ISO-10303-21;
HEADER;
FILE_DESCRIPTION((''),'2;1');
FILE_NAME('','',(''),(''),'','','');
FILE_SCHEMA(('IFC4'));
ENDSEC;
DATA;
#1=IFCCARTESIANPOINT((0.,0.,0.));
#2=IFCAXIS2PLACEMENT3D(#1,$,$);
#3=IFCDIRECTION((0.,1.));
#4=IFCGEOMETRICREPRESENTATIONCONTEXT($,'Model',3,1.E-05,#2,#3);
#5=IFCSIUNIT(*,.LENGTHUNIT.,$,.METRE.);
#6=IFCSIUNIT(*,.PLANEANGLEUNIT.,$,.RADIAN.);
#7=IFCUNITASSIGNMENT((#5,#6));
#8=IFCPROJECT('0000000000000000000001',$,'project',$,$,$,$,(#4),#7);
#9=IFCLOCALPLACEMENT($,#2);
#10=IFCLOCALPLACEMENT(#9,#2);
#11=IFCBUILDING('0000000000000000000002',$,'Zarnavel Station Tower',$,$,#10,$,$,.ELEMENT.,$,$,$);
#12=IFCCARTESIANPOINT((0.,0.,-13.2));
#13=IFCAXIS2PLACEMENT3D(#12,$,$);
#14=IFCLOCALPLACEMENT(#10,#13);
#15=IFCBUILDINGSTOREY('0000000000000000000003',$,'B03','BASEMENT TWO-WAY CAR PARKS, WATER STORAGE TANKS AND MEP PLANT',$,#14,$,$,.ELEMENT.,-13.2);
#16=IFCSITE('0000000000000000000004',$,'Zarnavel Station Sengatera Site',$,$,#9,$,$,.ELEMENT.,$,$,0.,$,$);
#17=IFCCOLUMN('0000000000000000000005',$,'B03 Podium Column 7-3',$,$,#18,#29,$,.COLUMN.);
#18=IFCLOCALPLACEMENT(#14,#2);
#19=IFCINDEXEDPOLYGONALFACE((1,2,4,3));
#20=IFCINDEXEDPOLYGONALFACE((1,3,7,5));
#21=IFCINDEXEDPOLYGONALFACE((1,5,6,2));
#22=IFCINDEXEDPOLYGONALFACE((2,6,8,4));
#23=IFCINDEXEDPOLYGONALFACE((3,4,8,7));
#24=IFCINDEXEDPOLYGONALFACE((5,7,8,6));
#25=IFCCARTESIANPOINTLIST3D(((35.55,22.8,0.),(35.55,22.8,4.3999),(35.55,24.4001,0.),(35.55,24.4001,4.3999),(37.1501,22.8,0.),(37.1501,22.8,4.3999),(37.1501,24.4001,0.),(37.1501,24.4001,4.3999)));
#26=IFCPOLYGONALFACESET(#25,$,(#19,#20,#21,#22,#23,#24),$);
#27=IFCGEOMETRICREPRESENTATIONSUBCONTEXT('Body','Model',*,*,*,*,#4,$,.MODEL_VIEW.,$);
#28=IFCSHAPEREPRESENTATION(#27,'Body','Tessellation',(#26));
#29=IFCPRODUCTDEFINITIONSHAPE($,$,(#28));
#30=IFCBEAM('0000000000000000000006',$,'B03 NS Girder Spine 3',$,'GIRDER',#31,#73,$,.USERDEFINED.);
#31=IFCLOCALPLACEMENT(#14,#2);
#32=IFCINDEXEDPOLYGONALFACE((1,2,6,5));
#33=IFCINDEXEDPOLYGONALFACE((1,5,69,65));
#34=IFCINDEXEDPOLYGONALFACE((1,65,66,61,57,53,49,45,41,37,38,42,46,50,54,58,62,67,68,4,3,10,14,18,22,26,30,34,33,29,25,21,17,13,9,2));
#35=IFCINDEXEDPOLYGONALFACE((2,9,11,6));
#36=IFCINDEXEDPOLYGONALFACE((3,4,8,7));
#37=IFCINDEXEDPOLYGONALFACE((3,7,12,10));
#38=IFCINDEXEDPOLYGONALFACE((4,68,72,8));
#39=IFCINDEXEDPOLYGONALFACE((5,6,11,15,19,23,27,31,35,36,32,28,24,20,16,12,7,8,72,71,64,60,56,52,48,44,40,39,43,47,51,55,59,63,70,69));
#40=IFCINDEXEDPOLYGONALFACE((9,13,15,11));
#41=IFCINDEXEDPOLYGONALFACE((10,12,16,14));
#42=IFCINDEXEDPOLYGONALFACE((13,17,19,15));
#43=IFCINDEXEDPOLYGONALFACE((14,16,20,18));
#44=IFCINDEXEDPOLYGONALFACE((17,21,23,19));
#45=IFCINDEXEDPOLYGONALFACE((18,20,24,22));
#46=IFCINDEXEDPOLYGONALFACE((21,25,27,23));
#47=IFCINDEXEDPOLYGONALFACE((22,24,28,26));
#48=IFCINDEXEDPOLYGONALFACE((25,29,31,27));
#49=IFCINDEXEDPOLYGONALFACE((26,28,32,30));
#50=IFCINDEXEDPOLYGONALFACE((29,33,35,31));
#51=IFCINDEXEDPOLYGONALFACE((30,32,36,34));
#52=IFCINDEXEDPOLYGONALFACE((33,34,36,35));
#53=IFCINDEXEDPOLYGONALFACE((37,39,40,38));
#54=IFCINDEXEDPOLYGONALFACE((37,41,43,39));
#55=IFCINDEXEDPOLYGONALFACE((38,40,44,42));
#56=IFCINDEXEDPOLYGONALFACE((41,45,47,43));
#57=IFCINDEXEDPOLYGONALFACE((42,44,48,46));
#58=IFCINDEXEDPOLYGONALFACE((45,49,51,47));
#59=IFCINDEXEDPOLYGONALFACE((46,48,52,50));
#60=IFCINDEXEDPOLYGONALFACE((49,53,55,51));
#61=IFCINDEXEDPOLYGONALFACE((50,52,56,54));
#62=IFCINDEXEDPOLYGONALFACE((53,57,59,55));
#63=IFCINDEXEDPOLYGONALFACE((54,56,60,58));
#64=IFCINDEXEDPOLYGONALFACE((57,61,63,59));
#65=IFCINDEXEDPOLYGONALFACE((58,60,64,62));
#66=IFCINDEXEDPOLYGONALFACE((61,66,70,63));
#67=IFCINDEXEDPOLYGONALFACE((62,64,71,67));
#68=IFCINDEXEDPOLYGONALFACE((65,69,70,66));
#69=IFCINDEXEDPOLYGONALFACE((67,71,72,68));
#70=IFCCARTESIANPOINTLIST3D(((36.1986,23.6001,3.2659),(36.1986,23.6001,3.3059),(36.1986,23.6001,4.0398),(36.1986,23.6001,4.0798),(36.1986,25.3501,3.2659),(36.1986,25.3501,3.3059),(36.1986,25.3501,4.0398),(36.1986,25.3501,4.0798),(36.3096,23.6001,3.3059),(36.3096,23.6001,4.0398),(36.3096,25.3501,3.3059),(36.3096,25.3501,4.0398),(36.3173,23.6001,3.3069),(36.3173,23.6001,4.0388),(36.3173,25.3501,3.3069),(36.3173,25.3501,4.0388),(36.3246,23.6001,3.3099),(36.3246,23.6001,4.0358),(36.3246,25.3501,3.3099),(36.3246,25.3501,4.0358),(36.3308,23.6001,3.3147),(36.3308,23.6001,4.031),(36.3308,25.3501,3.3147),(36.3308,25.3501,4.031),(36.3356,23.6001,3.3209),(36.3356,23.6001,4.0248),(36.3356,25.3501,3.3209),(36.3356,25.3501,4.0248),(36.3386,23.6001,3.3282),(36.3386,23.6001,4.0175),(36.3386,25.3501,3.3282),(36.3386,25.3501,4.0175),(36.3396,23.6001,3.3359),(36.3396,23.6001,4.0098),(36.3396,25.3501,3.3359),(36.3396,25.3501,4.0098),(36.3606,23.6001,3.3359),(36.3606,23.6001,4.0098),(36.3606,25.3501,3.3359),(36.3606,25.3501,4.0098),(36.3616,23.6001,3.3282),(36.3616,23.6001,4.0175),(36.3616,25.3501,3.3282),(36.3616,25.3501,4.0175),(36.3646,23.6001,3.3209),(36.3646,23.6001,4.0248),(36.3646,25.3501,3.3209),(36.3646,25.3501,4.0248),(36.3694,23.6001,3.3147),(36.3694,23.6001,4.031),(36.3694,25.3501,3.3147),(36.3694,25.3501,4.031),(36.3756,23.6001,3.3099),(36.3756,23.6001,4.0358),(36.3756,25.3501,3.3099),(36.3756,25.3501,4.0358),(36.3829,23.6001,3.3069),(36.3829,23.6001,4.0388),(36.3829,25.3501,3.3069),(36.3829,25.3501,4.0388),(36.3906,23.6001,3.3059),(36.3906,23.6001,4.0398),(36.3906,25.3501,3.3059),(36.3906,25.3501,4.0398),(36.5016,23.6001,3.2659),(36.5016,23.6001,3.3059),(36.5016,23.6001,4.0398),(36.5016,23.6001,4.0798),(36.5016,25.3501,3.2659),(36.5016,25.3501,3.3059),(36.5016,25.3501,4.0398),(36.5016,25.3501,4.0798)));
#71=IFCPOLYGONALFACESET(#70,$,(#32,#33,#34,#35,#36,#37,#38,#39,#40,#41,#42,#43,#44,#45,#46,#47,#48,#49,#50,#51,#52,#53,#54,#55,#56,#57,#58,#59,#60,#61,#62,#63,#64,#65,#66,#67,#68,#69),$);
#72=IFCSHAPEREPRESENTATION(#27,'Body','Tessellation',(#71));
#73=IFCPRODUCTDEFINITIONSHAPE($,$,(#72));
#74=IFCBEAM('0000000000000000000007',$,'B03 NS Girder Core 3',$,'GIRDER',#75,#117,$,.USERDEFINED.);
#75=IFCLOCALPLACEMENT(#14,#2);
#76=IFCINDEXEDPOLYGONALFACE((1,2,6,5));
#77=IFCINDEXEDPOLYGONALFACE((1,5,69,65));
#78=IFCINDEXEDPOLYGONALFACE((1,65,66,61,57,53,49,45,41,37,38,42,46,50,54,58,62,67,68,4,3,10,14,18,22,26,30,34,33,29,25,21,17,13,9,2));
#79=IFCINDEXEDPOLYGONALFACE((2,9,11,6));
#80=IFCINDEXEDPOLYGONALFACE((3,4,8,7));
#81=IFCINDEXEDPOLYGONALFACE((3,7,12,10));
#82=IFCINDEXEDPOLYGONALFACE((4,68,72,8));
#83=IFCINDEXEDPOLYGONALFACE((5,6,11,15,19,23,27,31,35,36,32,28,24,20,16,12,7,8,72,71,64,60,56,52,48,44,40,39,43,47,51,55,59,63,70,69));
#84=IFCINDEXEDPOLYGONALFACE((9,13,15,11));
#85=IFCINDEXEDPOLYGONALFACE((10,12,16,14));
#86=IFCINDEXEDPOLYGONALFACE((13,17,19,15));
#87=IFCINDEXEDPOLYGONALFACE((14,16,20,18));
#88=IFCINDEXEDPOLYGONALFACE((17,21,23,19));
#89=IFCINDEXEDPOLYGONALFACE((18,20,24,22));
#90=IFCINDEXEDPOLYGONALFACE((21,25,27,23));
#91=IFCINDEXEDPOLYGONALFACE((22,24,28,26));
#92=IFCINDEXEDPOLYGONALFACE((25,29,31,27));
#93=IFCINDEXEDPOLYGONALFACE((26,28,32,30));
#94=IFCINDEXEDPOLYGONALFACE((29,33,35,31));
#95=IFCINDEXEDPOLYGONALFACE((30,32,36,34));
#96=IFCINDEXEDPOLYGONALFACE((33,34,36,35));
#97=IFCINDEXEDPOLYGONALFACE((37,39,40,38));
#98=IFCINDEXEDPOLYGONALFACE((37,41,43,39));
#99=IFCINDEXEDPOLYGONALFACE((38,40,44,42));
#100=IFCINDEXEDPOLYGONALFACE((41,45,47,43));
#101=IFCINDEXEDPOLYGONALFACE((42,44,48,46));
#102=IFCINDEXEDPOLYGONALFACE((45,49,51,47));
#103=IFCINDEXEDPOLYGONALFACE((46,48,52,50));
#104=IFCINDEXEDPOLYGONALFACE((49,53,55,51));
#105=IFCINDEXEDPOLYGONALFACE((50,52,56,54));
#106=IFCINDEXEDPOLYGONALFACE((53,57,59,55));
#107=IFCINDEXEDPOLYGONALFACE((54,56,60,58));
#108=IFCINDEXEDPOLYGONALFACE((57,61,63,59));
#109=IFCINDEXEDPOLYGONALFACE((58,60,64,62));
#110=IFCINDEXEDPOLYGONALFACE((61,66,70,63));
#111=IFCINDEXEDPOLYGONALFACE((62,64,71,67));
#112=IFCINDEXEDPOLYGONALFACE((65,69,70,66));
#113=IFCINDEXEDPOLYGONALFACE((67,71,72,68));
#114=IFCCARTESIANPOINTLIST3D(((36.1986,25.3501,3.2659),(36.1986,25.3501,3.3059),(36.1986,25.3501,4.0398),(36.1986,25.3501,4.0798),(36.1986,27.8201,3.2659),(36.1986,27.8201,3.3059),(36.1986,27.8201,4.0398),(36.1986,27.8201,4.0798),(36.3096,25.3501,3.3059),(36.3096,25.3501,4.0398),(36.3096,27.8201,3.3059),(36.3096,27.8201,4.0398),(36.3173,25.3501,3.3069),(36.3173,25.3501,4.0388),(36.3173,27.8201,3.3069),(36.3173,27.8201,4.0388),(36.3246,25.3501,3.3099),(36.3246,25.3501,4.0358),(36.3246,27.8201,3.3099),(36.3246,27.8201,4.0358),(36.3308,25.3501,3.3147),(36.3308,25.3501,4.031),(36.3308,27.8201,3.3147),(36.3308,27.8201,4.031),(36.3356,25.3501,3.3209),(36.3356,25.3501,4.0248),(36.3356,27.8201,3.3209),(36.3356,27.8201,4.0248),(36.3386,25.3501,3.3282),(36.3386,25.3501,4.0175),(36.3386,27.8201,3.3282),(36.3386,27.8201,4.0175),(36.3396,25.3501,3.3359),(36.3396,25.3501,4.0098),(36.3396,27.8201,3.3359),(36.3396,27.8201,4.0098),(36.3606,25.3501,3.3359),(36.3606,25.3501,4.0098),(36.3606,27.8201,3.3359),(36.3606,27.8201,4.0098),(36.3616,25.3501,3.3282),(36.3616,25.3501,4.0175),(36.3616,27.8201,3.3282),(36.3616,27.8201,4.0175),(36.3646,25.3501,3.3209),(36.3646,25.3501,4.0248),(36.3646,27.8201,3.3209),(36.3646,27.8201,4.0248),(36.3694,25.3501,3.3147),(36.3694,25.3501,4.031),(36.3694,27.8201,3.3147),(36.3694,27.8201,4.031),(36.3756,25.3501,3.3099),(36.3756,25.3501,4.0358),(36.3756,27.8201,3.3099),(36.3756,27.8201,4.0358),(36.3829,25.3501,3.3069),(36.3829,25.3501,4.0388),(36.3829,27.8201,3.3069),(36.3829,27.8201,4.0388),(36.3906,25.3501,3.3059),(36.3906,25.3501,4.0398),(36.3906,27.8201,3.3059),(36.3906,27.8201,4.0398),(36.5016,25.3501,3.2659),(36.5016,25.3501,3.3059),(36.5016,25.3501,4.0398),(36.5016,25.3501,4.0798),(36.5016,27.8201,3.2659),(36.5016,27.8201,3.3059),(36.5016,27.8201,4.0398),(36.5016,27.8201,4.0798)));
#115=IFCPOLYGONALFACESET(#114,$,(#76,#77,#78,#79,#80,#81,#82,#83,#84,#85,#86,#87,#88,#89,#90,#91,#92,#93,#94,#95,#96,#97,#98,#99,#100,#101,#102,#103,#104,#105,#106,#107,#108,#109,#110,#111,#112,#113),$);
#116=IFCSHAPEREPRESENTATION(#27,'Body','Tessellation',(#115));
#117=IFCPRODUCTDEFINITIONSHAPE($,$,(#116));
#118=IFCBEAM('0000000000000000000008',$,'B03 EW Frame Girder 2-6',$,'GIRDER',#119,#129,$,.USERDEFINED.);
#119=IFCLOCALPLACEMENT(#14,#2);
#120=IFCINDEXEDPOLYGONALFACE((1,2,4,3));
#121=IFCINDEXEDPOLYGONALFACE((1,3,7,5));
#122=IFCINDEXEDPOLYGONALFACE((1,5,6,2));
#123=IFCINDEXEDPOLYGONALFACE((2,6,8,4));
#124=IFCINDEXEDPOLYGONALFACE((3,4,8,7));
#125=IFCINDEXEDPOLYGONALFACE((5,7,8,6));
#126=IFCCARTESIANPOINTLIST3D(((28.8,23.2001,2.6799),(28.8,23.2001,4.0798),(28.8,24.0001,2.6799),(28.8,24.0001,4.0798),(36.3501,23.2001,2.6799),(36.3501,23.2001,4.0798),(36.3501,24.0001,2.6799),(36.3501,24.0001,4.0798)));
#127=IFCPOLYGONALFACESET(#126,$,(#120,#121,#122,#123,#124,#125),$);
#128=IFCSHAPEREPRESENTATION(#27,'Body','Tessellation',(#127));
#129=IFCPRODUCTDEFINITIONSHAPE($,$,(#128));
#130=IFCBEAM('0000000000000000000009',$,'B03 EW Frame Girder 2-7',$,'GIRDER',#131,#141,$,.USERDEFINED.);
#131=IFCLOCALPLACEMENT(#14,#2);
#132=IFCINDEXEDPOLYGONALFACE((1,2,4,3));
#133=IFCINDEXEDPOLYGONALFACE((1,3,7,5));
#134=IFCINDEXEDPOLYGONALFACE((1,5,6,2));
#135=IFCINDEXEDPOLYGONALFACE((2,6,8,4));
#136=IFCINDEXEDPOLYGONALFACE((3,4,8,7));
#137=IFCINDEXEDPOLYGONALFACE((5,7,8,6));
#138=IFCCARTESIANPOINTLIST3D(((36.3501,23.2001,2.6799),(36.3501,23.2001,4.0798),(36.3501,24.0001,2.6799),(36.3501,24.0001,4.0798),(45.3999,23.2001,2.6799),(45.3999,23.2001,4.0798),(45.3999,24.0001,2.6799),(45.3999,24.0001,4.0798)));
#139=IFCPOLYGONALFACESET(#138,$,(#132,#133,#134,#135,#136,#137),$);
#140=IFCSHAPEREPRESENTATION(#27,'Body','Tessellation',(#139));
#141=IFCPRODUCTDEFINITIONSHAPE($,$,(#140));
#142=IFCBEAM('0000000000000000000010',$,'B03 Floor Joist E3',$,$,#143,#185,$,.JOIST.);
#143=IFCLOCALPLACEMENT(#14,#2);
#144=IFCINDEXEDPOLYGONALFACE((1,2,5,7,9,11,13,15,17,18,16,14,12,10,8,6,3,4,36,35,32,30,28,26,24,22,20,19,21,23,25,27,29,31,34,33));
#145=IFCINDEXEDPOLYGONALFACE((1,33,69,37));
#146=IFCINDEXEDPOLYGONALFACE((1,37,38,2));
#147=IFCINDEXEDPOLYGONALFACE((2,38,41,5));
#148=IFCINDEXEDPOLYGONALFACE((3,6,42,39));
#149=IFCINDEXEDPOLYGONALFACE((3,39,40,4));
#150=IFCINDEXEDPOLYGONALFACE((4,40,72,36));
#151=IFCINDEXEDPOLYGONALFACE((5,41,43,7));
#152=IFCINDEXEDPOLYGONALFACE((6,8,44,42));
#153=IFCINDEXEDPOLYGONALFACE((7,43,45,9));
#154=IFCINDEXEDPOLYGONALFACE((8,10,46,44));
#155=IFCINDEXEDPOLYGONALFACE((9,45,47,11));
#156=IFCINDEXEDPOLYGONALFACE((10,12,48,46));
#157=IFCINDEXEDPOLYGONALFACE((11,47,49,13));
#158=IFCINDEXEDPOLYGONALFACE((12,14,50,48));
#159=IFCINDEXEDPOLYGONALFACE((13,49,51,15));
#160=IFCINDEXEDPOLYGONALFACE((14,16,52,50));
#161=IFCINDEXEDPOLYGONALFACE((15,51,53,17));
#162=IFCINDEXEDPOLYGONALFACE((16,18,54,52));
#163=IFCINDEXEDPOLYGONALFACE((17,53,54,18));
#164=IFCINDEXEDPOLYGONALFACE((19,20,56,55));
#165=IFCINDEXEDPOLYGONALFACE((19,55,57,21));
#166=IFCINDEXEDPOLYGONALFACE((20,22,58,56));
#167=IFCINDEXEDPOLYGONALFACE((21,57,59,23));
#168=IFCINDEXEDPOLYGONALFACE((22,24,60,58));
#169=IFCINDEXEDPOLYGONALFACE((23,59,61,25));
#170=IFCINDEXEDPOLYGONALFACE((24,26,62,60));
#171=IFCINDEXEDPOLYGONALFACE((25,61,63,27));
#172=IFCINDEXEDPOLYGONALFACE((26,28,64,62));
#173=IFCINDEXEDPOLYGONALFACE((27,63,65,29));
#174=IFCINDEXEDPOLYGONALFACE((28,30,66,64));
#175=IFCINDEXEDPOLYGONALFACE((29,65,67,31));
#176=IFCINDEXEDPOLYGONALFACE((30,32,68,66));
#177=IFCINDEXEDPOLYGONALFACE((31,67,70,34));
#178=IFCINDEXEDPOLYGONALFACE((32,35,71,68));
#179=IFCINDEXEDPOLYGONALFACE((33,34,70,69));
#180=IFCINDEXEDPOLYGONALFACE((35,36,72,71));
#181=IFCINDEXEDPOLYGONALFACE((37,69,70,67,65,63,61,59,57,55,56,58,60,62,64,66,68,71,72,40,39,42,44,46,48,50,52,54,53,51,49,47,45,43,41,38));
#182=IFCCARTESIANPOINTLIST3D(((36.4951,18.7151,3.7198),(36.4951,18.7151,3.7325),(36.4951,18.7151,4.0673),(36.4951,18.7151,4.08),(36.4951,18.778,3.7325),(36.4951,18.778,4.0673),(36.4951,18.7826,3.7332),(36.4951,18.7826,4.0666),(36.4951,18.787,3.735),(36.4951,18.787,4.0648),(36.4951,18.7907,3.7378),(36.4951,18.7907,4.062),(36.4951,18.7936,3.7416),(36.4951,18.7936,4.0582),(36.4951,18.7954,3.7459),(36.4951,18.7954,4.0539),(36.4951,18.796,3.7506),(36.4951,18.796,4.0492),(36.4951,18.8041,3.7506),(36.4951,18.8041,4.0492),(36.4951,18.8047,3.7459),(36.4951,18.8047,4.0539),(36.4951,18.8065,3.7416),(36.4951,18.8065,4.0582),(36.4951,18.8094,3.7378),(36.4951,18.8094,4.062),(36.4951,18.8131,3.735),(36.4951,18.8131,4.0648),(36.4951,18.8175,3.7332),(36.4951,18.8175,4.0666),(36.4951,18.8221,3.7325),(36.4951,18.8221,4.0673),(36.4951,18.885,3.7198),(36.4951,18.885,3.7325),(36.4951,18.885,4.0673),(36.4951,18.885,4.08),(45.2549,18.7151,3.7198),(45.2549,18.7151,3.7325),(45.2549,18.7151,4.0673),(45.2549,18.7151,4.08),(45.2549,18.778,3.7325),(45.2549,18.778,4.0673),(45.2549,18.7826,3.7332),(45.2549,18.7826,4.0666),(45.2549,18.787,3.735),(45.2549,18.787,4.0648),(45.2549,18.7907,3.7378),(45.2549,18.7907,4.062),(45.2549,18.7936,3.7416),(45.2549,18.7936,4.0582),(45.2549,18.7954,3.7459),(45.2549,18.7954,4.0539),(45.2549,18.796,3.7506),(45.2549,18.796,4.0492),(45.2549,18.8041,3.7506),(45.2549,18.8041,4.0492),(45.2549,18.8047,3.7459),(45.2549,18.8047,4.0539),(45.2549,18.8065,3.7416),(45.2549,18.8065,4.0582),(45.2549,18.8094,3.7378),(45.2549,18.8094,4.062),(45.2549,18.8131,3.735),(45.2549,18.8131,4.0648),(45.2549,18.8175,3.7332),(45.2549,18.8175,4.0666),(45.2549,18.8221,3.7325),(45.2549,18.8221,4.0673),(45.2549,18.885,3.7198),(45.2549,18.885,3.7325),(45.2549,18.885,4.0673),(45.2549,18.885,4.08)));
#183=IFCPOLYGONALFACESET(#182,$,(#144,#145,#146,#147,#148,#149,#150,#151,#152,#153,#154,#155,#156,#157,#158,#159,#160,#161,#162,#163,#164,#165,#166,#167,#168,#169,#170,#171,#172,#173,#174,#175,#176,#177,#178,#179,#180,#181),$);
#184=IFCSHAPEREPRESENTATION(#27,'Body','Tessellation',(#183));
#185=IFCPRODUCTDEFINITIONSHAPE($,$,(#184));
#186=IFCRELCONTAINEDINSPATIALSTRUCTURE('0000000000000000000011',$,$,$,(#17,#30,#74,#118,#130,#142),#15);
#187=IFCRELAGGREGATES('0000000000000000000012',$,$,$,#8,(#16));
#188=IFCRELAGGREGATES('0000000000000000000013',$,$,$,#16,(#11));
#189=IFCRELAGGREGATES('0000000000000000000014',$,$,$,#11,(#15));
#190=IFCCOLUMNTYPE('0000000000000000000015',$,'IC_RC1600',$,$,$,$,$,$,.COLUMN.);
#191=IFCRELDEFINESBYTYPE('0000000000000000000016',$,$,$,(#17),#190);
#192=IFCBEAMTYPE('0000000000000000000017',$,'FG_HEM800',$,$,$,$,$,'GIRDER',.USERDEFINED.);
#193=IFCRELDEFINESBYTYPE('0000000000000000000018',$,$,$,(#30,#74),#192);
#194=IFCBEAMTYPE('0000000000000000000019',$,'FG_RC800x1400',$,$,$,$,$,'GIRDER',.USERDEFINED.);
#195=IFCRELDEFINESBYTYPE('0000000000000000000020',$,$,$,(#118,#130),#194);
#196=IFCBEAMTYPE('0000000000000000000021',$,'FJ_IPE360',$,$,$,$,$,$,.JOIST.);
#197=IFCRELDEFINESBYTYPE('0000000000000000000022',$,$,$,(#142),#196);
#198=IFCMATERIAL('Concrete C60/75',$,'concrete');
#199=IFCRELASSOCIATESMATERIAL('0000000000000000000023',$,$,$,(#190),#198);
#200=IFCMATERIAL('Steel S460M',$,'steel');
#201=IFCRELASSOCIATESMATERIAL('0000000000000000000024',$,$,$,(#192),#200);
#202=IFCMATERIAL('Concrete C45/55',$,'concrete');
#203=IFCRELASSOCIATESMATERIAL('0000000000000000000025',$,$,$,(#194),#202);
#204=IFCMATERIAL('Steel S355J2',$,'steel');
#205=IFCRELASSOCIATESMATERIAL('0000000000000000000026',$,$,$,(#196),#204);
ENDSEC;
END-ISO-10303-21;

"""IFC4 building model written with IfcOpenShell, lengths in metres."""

from ifc_helpers import new_model, si_unit, direction, frame, origin, origin_2d, place, context, subcontext, project, spatial, rectangle, i_section, extrude, material, material_profile, profile_set, type_object, element, save


model = new_model("IFC4")

# Units and contexts
model_context = context("Model", 3, precision=1e-05, world=origin(), true_north=direction((0.0, 1.0)))
body_context = subcontext(model_context, "Body", "Model", "MODEL_VIEW")
ifc_project = project(units=[si_unit("LENGTHUNIT", "METRE"), si_unit("PLANEANGLEUNIT", "RADIAN")], contexts=[model_context])

# Site, building, storey
site_placement = place(None, origin())
site = spatial("IfcSite", under=ifc_project, at=site_placement, Name="Zarnavel Station Sengatera Site", CompositionType="ELEMENT", RefElevation=0.0)
building_placement = place(site_placement, origin())
building = spatial("IfcBuilding", under=site, at=building_placement, Name="Zarnavel Station Tower", CompositionType="ELEMENT")
storey_placement = place(building_placement, frame((0.0, 0.0, -13.2)))
storey = spatial("IfcBuildingStorey", under=building, at=storey_placement, Name="B03", Description="BASEMENT TWO-WAY CAR PARKS, WATER STORAGE TANKS AND MEP PLANT", CompositionType="ELEMENT", Elevation=-13.2)

# Column
ifc_material_1 = material(Name="Concrete C60/75", Category="concrete")
ifc_material_profile_1 = material_profile(ifc_material_1, rectangle(XDim=1.6001, YDim=1.6001, at=origin_2d()), Name="RC1600x1600")
ifc_profile_set_1 = profile_set([ifc_material_profile_1], Name="Concrete C60/75")
column_type_1 = type_object("IfcColumnType", Name="IC_RC1600", PredefinedType="COLUMN", material=ifc_profile_set_1)
for number, where, z_axis, x_axis, name in (
    (1, (36.3501, 23.6001, 0.0), (0.0, 0.0, 1.0), (1.0, 0.0, 0.0), "B03 Podium Column 7-3"),
):
    element("IfcColumn", number, at=place(storey_placement, frame(where, z_axis=z_axis, x_axis=x_axis)), inside=storey, type_object=column_type_1, Name=name, PredefinedType="COLUMN", context=body_context, shape_type="SweptSolid", body=[
        extrude(rectangle(XDim=1.6001, YDim=1.6001, at=origin_2d()), origin(), (0.0, 0.0, 1.0), 4.3999),
    ])

# Beams
ifc_material_2 = material(Name="Steel S460M", Category="steel")
ifc_material_profile_2 = material_profile(ifc_material_2, i_section(OverallWidth=0.303, OverallDepth=0.814, WebThickness=0.021, FlangeThickness=0.04, FilletRadius=0.03, at=origin_2d()), Name="HEM800")
ifc_profile_set_2 = profile_set([ifc_material_profile_2], Name="Steel S460M")
beam_type_1 = type_object("IfcBeamType", Name="FG_HEM800", ElementType="GIRDER", PredefinedType="USERDEFINED", material=ifc_profile_set_2)
beam_1_placement = place(storey_placement, frame((36.3501, 23.6001, 3.6729), z_axis=(0.0, 1.0, 0.0), x_axis=(-1.0, 0.0, 0.0)))
element("IfcBeam", 2, at=beam_1_placement, inside=storey, type_object=beam_type_1, Name="B03 NS Girder Spine 3", ObjectType="GIRDER", PredefinedType="USERDEFINED", context=body_context, shape_type="SweptSolid", body=[
    extrude(i_section(OverallWidth=0.303, OverallDepth=0.814, WebThickness=0.021, FlangeThickness=0.04, FilletRadius=0.03, at=origin_2d()), origin(), (0.0, 0.0, 1.0), 1.75),
])
beam_2_placement = place(storey_placement, frame((36.3501, 25.3501, 3.6729), z_axis=(0.0, 1.0, 0.0), x_axis=(-1.0, 0.0, 0.0)))
element("IfcBeam", 3, at=beam_2_placement, inside=storey, type_object=beam_type_1, Name="B03 NS Girder Core 3", ObjectType="GIRDER", PredefinedType="USERDEFINED", context=body_context, shape_type="SweptSolid", body=[
    extrude(i_section(OverallWidth=0.303, OverallDepth=0.814, WebThickness=0.021, FlangeThickness=0.04, FilletRadius=0.03, at=origin_2d()), origin(), (0.0, 0.0, 1.0), 2.47),
])
ifc_material_3 = material(Name="Concrete C45/55", Category="concrete")
ifc_material_profile_3 = material_profile(ifc_material_3, rectangle(XDim=0.8, YDim=1.3999, at=origin_2d()), Name="RC800x1400")
ifc_profile_set_3 = profile_set([ifc_material_profile_3], Name="Concrete C45/55")
beam_type_2 = type_object("IfcBeamType", Name="FG_RC800x1400", ElementType="GIRDER", PredefinedType="USERDEFINED", material=ifc_profile_set_3)
beam_3_placement = place(storey_placement, frame((28.8, 23.6001, 3.3799), z_axis=(1.0, 0.0, 0.0), x_axis=(0.0, 1.0, 0.0)))
element("IfcBeam", 4, at=beam_3_placement, inside=storey, type_object=beam_type_2, Name="B03 EW Frame Girder 2-6", ObjectType="GIRDER", PredefinedType="USERDEFINED", context=body_context, shape_type="SweptSolid", body=[
    extrude(rectangle(XDim=0.8, YDim=1.3999, at=origin_2d()), origin(), (0.0, 0.0, 1.0), 7.55),
])
beam_4_placement = place(storey_placement, frame((36.3501, 23.6001, 3.3799), z_axis=(1.0, 0.0, 0.0), x_axis=(0.0, 1.0, 0.0)))
element("IfcBeam", 5, at=beam_4_placement, inside=storey, type_object=beam_type_2, Name="B03 EW Frame Girder 2-7", ObjectType="GIRDER", PredefinedType="USERDEFINED", context=body_context, shape_type="SweptSolid", body=[
    extrude(rectangle(XDim=0.8, YDim=1.3999, at=origin_2d()), origin(), (0.0, 0.0, 1.0), 9.0498),
])
ifc_material_4 = material(Name="Steel S355J2", Category="steel")
ifc_material_profile_4 = material_profile(ifc_material_4, i_section(OverallWidth=0.1699, OverallDepth=0.3601, WebThickness=0.0081, FlangeThickness=0.0127, FilletRadius=0.0181, at=origin_2d()), Name="IPE360")
ifc_profile_set_4 = profile_set([ifc_material_profile_4], Name="Steel S355J2")
beam_type_3 = type_object("IfcBeamType", Name="FJ_IPE360", PredefinedType="JOIST", material=ifc_profile_set_4)
for number, where, z_axis, x_axis, name in (
    (6, (36.4951, 18.8, 3.8999), (1.0, 0.0, 0.0), (0.0, 1.0, 0.0), "B03 Floor Joist E3"),
):
    element("IfcBeam", number, at=place(storey_placement, frame(where, z_axis=z_axis, x_axis=x_axis)), inside=storey, type_object=beam_type_3, Name=name, PredefinedType="JOIST", context=body_context, shape_type="SweptSolid", body=[
        extrude(i_section(OverallWidth=0.1699, OverallDepth=0.3601, WebThickness=0.0081, FlangeThickness=0.0127, FilletRadius=0.0181, at=origin_2d()), origin(), (0.0, 0.0, 1.0), 8.7598),
    ])

save(model, "model.ifc")
